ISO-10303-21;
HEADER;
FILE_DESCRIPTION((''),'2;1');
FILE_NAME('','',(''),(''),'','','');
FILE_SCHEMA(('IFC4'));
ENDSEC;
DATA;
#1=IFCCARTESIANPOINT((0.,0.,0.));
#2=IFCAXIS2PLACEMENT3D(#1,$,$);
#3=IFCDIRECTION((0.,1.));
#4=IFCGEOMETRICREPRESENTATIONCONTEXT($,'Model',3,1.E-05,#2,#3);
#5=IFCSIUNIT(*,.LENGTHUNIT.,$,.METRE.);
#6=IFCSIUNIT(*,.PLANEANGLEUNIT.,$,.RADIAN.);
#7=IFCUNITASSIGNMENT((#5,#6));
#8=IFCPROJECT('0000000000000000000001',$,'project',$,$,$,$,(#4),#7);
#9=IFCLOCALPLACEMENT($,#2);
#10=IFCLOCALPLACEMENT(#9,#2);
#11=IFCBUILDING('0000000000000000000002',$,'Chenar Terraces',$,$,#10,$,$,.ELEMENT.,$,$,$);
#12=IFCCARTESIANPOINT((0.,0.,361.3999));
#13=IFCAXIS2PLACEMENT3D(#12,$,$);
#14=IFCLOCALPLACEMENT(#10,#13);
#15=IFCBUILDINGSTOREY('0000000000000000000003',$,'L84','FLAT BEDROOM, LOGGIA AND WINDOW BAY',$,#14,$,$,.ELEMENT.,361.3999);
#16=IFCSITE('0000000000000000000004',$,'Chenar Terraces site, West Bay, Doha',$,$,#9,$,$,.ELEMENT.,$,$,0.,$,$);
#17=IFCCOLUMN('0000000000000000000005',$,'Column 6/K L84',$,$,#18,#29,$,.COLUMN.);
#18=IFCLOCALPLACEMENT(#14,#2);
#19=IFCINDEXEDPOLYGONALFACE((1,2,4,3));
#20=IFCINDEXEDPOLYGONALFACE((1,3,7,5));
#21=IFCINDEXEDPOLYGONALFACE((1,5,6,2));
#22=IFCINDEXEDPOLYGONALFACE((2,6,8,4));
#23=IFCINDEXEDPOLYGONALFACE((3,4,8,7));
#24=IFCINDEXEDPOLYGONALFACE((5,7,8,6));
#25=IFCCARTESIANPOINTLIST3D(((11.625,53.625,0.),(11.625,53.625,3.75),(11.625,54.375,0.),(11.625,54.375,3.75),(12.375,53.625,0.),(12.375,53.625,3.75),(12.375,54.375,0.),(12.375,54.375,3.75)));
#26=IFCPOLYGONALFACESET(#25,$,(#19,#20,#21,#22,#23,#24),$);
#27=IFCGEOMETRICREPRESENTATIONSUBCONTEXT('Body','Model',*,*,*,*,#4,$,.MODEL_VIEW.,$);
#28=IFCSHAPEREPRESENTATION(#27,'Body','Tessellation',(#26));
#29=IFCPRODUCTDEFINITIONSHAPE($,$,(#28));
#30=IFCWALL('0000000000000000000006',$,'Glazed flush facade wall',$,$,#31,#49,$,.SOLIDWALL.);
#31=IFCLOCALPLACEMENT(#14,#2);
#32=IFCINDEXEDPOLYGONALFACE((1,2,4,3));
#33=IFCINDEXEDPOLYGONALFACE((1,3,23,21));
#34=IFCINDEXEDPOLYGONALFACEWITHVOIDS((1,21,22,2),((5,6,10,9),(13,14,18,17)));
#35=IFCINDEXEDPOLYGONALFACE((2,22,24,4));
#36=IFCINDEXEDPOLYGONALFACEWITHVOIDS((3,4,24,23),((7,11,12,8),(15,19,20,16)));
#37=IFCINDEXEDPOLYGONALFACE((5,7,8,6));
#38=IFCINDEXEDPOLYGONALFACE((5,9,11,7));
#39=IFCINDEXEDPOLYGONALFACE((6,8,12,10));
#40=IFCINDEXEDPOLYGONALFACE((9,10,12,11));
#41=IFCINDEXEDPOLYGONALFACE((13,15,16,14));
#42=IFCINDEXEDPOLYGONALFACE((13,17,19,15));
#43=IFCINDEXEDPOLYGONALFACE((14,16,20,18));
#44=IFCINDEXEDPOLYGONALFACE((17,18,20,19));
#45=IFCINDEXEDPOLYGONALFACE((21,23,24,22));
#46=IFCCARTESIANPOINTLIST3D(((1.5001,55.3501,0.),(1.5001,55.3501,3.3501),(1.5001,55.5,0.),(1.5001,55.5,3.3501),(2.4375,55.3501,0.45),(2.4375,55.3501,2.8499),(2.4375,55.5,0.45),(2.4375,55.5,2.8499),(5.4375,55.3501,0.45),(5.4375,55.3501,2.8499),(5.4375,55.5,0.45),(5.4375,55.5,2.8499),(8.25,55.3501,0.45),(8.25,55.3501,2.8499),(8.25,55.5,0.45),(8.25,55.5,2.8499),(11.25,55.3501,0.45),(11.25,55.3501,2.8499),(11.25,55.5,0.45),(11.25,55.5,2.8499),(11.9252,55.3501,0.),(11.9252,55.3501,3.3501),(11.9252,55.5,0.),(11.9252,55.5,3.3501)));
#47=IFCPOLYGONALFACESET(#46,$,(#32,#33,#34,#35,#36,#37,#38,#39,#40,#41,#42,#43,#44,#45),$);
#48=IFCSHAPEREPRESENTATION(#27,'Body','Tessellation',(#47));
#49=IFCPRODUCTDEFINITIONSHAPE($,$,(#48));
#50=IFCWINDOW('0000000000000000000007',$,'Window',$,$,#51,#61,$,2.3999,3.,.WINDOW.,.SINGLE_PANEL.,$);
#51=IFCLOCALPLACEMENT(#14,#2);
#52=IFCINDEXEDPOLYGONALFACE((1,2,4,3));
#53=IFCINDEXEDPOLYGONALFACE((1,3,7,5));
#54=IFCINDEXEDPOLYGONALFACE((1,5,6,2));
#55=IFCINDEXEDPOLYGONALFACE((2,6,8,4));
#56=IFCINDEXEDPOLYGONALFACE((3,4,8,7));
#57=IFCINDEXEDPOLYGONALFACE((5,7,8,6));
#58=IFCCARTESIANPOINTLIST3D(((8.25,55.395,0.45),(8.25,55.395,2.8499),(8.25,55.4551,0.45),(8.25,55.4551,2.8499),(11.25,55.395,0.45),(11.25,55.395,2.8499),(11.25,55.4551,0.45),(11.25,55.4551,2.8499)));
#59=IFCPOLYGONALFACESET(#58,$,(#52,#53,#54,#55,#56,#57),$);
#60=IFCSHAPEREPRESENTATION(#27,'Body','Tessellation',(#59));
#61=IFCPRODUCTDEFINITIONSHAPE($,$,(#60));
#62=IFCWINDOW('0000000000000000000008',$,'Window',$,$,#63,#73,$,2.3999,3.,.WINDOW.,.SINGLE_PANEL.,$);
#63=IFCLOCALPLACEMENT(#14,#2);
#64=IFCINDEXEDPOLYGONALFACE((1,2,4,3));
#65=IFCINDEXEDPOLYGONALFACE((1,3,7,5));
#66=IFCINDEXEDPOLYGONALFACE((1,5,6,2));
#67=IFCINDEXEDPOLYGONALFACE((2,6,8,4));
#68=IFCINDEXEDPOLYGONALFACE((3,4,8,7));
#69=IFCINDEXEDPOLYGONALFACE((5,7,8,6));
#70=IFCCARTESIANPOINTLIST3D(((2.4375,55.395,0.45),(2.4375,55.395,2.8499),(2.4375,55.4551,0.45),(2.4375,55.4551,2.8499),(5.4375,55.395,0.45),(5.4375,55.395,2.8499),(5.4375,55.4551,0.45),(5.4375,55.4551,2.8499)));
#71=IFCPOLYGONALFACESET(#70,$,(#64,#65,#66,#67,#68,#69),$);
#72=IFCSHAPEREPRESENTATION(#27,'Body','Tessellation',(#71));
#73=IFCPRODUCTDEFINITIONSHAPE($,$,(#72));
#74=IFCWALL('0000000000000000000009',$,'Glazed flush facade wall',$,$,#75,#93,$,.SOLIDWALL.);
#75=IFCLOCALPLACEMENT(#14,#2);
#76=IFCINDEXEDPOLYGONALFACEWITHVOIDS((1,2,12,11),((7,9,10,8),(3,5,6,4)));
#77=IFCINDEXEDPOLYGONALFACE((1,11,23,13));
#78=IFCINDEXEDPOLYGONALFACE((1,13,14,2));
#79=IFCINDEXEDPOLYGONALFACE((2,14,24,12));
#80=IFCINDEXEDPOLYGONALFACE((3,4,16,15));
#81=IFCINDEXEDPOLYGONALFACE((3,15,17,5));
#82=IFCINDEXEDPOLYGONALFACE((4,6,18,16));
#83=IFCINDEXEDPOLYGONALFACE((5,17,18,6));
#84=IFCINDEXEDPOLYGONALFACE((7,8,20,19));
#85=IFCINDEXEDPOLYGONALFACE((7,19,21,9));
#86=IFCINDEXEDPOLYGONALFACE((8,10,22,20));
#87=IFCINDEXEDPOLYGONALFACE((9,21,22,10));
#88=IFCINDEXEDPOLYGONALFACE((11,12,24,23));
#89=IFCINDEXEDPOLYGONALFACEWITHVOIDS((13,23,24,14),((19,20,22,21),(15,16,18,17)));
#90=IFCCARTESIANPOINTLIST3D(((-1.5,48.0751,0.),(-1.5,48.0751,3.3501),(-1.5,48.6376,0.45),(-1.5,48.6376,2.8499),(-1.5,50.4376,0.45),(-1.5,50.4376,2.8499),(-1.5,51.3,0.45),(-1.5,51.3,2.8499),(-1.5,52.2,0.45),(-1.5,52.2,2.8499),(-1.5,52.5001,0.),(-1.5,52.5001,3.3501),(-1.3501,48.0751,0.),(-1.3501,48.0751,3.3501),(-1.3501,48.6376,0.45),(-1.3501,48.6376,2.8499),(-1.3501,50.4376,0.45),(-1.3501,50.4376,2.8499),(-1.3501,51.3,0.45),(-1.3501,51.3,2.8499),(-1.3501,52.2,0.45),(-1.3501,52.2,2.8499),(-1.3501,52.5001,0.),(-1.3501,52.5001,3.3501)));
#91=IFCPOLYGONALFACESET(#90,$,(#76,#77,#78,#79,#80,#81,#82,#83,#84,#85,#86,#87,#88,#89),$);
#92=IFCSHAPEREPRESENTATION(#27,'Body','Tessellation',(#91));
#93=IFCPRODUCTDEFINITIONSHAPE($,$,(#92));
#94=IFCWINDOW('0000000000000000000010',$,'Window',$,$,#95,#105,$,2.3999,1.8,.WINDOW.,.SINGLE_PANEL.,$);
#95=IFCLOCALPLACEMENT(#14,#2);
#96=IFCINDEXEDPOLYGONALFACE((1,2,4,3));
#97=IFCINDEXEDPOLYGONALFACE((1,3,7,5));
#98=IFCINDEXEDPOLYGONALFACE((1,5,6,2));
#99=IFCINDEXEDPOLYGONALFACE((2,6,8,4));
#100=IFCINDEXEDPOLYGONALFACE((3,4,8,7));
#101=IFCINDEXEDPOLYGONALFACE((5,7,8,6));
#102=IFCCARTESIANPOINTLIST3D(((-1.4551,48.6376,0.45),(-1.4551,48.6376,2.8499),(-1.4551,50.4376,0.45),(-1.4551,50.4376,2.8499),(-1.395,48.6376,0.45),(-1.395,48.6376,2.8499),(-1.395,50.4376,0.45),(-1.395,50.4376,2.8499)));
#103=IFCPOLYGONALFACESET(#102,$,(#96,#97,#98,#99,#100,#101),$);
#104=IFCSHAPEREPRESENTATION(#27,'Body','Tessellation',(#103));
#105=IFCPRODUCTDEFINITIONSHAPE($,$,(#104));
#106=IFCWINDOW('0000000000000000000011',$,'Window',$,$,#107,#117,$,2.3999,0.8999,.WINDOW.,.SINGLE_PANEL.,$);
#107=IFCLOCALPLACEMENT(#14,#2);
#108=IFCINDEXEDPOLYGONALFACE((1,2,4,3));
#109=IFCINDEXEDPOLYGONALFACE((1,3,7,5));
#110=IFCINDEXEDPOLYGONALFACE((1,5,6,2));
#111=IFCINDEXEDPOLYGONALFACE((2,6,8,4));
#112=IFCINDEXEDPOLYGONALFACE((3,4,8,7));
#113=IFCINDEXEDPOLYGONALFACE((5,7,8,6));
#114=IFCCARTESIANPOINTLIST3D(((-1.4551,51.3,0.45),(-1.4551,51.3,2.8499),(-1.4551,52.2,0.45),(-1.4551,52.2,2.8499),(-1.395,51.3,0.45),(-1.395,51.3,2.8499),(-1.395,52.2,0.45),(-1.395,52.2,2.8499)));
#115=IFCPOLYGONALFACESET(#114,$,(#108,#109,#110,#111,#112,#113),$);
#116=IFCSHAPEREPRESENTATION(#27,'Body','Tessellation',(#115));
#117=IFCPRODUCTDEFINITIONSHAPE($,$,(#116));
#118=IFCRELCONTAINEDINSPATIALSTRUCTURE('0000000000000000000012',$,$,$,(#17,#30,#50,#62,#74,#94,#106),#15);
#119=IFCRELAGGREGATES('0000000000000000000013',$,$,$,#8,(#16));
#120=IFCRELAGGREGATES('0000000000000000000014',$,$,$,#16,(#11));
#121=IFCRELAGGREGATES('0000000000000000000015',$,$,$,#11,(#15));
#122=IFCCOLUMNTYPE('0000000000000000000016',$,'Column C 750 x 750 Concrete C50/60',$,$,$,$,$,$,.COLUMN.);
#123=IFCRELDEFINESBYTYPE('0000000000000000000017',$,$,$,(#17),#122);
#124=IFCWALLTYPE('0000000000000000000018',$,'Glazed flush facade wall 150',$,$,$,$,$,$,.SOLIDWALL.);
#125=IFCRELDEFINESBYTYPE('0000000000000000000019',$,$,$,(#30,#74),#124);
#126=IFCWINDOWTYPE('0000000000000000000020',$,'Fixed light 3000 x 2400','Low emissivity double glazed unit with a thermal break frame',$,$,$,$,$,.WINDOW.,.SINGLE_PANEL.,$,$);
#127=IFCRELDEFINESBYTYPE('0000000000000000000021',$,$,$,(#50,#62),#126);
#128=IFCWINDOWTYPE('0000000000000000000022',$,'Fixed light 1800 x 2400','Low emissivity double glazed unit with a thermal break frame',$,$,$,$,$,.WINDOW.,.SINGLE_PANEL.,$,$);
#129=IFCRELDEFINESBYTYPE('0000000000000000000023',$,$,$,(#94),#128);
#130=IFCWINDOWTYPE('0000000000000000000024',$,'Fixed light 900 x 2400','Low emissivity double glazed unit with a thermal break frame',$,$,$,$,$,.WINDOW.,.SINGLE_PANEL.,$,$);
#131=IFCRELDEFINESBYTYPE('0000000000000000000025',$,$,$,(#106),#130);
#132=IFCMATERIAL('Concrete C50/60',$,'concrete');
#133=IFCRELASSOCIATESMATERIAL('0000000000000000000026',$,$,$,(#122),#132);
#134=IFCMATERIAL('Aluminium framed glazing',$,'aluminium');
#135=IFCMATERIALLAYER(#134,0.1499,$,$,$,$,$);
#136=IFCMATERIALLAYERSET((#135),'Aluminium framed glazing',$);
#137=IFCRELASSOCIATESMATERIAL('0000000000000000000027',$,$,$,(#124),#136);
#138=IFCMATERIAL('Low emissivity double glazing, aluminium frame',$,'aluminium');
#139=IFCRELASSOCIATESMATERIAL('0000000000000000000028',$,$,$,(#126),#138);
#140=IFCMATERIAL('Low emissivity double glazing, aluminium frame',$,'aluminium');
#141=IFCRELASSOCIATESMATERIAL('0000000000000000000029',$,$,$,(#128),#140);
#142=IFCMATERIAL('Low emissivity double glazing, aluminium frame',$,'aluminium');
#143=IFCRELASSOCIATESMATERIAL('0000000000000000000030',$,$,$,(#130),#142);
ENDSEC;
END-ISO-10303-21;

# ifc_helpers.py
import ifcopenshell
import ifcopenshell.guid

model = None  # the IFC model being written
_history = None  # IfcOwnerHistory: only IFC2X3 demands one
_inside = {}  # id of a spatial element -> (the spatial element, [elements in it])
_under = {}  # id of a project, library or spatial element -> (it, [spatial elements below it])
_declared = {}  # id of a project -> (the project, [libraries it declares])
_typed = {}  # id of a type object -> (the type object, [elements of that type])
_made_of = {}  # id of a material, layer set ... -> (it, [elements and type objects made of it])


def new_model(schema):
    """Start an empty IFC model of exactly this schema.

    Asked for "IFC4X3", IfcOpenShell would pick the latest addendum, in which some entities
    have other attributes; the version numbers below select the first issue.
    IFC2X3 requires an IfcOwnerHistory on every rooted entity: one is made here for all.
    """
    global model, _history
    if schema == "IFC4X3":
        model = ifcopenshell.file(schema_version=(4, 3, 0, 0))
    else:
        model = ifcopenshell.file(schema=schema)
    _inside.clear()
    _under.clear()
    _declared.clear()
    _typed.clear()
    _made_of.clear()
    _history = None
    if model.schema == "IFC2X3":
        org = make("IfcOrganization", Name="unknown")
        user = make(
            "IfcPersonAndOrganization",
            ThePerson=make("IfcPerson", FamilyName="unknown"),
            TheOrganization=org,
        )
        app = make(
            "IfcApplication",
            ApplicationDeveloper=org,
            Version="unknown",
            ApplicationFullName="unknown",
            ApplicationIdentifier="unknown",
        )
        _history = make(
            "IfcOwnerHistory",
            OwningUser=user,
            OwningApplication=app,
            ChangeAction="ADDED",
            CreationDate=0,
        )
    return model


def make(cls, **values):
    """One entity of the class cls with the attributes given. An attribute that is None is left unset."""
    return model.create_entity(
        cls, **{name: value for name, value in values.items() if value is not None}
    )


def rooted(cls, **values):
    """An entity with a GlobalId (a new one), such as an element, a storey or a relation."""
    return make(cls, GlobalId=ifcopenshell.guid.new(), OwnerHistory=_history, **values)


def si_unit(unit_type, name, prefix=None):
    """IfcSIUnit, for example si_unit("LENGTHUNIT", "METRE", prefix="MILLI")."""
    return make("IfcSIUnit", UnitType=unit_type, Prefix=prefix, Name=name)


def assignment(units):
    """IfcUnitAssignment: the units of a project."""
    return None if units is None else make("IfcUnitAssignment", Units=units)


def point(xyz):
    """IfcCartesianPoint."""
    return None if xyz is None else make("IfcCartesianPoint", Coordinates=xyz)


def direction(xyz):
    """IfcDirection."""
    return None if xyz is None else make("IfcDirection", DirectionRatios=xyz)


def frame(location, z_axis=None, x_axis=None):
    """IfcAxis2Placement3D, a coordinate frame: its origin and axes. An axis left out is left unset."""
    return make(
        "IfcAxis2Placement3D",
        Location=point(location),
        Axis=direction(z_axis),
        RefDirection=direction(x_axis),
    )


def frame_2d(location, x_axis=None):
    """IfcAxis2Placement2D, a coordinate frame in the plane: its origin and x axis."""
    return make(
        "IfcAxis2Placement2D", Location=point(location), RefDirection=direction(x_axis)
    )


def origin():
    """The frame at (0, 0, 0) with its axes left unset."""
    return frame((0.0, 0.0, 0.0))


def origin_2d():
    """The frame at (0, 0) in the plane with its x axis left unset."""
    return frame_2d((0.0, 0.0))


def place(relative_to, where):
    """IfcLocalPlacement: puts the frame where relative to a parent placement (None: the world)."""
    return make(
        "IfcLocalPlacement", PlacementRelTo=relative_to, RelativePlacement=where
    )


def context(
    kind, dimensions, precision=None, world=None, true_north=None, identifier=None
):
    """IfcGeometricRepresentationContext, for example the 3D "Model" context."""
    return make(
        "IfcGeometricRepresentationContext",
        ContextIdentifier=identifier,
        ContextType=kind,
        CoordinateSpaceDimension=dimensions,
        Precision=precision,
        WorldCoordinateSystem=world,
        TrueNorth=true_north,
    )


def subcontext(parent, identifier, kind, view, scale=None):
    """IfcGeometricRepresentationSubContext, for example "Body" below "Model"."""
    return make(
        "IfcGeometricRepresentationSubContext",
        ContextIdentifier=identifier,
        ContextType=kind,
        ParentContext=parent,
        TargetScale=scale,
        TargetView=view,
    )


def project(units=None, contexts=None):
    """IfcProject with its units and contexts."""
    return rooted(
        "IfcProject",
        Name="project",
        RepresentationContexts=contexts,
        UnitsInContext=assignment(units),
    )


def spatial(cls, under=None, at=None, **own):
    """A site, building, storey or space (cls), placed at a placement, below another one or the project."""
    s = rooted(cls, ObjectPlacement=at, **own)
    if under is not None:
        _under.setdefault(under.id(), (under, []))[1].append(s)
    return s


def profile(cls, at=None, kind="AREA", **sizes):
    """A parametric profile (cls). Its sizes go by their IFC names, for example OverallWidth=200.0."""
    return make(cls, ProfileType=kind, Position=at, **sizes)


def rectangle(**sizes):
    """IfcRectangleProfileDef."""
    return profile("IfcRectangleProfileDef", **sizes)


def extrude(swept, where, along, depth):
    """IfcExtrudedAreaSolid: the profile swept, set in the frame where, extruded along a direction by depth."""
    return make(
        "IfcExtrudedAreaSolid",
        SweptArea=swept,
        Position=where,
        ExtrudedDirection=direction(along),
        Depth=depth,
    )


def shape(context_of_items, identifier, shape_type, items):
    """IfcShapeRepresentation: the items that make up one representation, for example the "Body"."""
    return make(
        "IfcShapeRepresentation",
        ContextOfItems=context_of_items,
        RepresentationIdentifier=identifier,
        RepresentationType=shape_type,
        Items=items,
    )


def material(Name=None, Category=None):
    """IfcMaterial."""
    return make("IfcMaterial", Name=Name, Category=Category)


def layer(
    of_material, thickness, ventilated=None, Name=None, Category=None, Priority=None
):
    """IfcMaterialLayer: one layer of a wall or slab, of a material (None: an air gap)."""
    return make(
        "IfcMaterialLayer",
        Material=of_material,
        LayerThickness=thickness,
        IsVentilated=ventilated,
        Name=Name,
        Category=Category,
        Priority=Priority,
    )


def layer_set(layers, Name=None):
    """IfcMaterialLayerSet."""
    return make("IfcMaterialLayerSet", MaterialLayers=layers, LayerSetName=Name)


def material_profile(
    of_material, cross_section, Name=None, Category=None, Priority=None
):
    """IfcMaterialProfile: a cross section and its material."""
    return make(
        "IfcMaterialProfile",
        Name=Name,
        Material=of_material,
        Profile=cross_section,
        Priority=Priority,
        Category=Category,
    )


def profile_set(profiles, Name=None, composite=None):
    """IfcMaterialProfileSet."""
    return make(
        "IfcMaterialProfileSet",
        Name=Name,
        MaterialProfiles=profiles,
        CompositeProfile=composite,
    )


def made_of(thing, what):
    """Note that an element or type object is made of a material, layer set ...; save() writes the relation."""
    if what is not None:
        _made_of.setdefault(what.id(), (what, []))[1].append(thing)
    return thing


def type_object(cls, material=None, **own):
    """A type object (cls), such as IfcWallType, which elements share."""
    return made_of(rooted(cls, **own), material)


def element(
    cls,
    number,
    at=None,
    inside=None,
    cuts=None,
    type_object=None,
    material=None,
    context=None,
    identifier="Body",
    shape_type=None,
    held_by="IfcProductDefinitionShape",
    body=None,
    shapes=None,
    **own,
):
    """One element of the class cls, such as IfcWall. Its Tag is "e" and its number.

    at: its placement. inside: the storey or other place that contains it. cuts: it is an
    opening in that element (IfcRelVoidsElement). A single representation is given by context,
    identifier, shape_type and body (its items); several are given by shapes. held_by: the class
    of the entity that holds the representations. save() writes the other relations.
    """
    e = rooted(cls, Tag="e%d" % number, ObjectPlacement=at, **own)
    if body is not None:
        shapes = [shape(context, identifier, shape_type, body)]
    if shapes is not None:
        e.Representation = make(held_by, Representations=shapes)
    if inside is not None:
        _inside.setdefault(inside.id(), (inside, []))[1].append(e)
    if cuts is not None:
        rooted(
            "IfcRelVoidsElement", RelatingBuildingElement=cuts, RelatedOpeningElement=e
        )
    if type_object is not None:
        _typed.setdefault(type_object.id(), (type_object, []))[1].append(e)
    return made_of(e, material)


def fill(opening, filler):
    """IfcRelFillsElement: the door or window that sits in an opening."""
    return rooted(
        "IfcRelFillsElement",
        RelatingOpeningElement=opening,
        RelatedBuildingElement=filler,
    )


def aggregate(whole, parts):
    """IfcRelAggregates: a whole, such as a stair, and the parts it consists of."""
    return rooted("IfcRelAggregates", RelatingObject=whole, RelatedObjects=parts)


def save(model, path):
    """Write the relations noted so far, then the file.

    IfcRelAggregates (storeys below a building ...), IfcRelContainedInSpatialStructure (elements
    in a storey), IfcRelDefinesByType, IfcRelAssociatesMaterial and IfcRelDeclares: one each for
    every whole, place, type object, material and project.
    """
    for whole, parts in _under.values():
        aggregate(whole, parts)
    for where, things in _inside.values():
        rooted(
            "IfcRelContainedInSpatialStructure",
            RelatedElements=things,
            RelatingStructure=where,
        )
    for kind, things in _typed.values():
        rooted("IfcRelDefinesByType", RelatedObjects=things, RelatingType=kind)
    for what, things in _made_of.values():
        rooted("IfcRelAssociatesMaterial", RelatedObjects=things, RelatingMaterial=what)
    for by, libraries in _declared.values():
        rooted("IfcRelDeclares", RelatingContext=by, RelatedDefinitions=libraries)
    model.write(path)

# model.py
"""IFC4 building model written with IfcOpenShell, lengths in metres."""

from ifc_helpers import new_model, si_unit, direction, frame, frame_2d, origin, origin_2d, place, context, subcontext, project, spatial, rectangle, extrude, material, layer, layer_set, material_profile, profile_set, type_object, element, fill, save


model = new_model("IFC4")

# Units and contexts
model_context = context("Model", 3, precision=1e-05, world=origin(), true_north=direction((0.0, 1.0)))
body_context = subcontext(model_context, "Body", "Model", "MODEL_VIEW")
ifc_project = project(units=[si_unit("LENGTHUNIT", "METRE"), si_unit("PLANEANGLEUNIT", "RADIAN")], contexts=[model_context])

# Site, building, storey
site_placement = place(None, origin())
site = spatial("IfcSite", under=ifc_project, at=site_placement, Name="Chenar Terraces site, West Bay, Doha", CompositionType="ELEMENT", RefElevation=0.0)
building_placement = place(site_placement, origin())
building = spatial("IfcBuilding", under=site, at=building_placement, Name="Chenar Terraces", CompositionType="ELEMENT")
storey_placement = place(building_placement, frame((0.0, 0.0, 361.3999)))
storey = spatial("IfcBuildingStorey", under=building, at=storey_placement, Name="L84", Description="FLAT BEDROOM, LOGGIA AND WINDOW BAY", CompositionType="ELEMENT", Elevation=361.3999)

# Column
ifc_material_1 = material(Name="Concrete C50/60", Category="concrete")
ifc_material_profile_1 = material_profile(ifc_material_1, rectangle(XDim=0.75, YDim=0.75, at=origin_2d()), Name="C 750 x 750")
ifc_profile_set_1 = profile_set([ifc_material_profile_1], Name="Concrete C50/60")
column_type = type_object("IfcColumnType", Name="Column C 750 x 750 Concrete C50/60", PredefinedType="COLUMN", material=ifc_profile_set_1)
column_placement = place(storey_placement, frame((12.0, 54.0, 0.0), z_axis=(0.0, 0.0, 1.0), x_axis=(1.0, 0.0, 0.0)))
element("IfcColumn", 1, at=column_placement, inside=storey, type_object=column_type, Name="Column 6/K L84", PredefinedType="COLUMN", context=body_context, shape_type="SweptSolid", body=[
    extrude(rectangle(XDim=0.75, YDim=0.75, at=origin_2d()), origin(), (0.0, 0.0, 1.0), 3.75),
])

# Walls, openings, windows
ifc_material_2 = material(Name="Aluminium framed glazing", Category="aluminium")
ifc_layer_1 = layer(ifc_material_2, 0.1499)
ifc_layer_set_1 = layer_set([ifc_layer_1], Name="Aluminium framed glazing")
wall_type_1 = type_object("IfcWallType", Name="Glazed flush facade wall 150", PredefinedType="SOLIDWALL", material=ifc_layer_set_1)
wall_1_placement = place(storey_placement, frame((11.925, 55.425, 0.0), z_axis=(0.0, 0.0, 1.0), x_axis=(-1.0, 0.0, 0.0)))
wall_1 = element("IfcWall", 2, at=wall_1_placement, inside=storey, type_object=wall_type_1, Name="Glazed flush facade wall", PredefinedType="SOLIDWALL", context=body_context, shape_type="SweptSolid", body=[
    extrude(rectangle(XDim=10.425, YDim=0.1499, at=frame_2d((5.2124, 0.0))), origin(), (0.0, 0.0, 1.0), 3.3501),
])
opening_1_placement = place(wall_1_placement, frame((0.675, 0.0, 0.45)))
opening_1 = element("IfcOpeningElement", 3, at=opening_1_placement, cuts=wall_1, PredefinedType="OPENING", context=body_context, shape_type="SweptSolid", body=[
    extrude(rectangle(XDim=3.0, YDim=2.3999, at=frame_2d((1.5, 1.2))), frame((0.0, 0.085, 0.0), z_axis=(0.0, -1.0, 0.0), x_axis=(1.0, 0.0, 0.0)), (0.0, 0.0, 1.0), 0.1699),
])
opening_2_placement = place(wall_1_placement, frame((6.4875, 0.0, 0.45)))
opening_2 = element("IfcOpeningElement", 4, at=opening_2_placement, cuts=wall_1, PredefinedType="OPENING", context=body_context, shape_type="SweptSolid", body=[
    extrude(rectangle(XDim=3.0, YDim=2.3999, at=frame_2d((1.5, 1.2))), frame((0.0, 0.085, 0.0), z_axis=(0.0, -1.0, 0.0), x_axis=(1.0, 0.0, 0.0)), (0.0, 0.0, 1.0), 0.1699),
])
ifc_material_3 = material(Name="Low emissivity double glazing, aluminium frame", Category="aluminium")
window_type_1 = type_object("IfcWindowType", Name="Fixed light 3000 x 2400", Description="Low emissivity double glazed unit with a thermal break frame", PartitioningType="SINGLE_PANEL", PredefinedType="WINDOW", material=ifc_material_3)
window_1_placement = place(opening_1_placement, origin())
window_1 = element("IfcWindow", 5, at=window_1_placement, inside=storey, type_object=window_type_1, Name="Window", OverallHeight=2.3999, OverallWidth=3.0, PartitioningType="SINGLE_PANEL", PredefinedType="WINDOW", context=body_context, shape_type="SweptSolid", body=[
    extrude(rectangle(XDim=3.0, YDim=2.3999, at=frame_2d((1.5, 1.2))), frame((0.0, 0.03, 0.0), z_axis=(0.0, -1.0, 0.0), x_axis=(1.0, 0.0, 0.0)), (0.0, 0.0, 1.0), 0.0601),
])
fill(opening_1, window_1)
window_2_placement = place(opening_2_placement, origin())
window_2 = element("IfcWindow", 6, at=window_2_placement, inside=storey, type_object=window_type_1, Name="Window", OverallHeight=2.3999, OverallWidth=3.0, PartitioningType="SINGLE_PANEL", PredefinedType="WINDOW", context=body_context, shape_type="SweptSolid", body=[
    extrude(rectangle(XDim=3.0, YDim=2.3999, at=frame_2d((1.5, 1.2))), frame((0.0, 0.03, 0.0), z_axis=(0.0, -1.0, 0.0), x_axis=(1.0, 0.0, 0.0)), (0.0, 0.0, 1.0), 0.0601),
])
fill(opening_2, window_2)
wall_2_placement = place(storey_placement, frame((-1.425, 52.5, 0.0), z_axis=(0.0, 0.0, 1.0), x_axis=(0.0, -1.0, 0.0)))
wall_2 = element("IfcWall", 7, at=wall_2_placement, inside=storey, type_object=wall_type_1, Name="Glazed flush facade wall", PredefinedType="SOLIDWALL", context=body_context, shape_type="SweptSolid", body=[
    extrude(rectangle(XDim=4.425, YDim=0.1499, at=frame_2d((2.2124, 0.0))), origin(), (0.0, 0.0, 1.0), 3.3501),
])
opening_3_placement = place(wall_2_placement, frame((0.3, 0.0, 0.45)))
opening_3 = element("IfcOpeningElement", 8, at=opening_3_placement, cuts=wall_2, PredefinedType="OPENING", context=body_context, shape_type="SweptSolid", body=[
    extrude(rectangle(XDim=0.8999, YDim=2.3999, at=frame_2d((0.45, 1.2))), frame((0.0, 0.085, 0.0), z_axis=(0.0, -1.0, 0.0), x_axis=(1.0, 0.0, 0.0)), (0.0, 0.0, 1.0), 0.1699),
])
opening_4_placement = place(wall_2_placement, frame((2.0625, 0.0, 0.45)))
opening_4 = element("IfcOpeningElement", 9, at=opening_4_placement, cuts=wall_2, PredefinedType="OPENING", context=body_context, shape_type="SweptSolid", body=[
    extrude(rectangle(XDim=1.8, YDim=2.3999, at=frame_2d((0.8999, 1.2))), frame((0.0, 0.085, 0.0), z_axis=(0.0, -1.0, 0.0), x_axis=(1.0, 0.0, 0.0)), (0.0, 0.0, 1.0), 0.1699),
])
ifc_material_4 = material(Name="Low emissivity double glazing, aluminium frame", Category="aluminium")
window_type_2 = type_object("IfcWindowType", Name="Fixed light 1800 x 2400", Description="Low emissivity double glazed unit with a thermal break frame", PartitioningType="SINGLE_PANEL", PredefinedType="WINDOW", material=ifc_material_4)
window_3_placement = place(opening_4_placement, origin())
window_3 = element("IfcWindow", 10, at=window_3_placement, inside=storey, type_object=window_type_2, Name="Window", OverallHeight=2.3999, OverallWidth=1.8, PartitioningType="SINGLE_PANEL", PredefinedType="WINDOW", context=body_context, shape_type="SweptSolid", body=[
    extrude(rectangle(XDim=1.8, YDim=2.3999, at=frame_2d((0.8999, 1.2))), frame((0.0, 0.03, 0.0), z_axis=(0.0, -1.0, 0.0), x_axis=(1.0, 0.0, 0.0)), (0.0, 0.0, 1.0), 0.0601),
])
fill(opening_4, window_3)
ifc_material_5 = material(Name="Low emissivity double glazing, aluminium frame", Category="aluminium")
window_type_3 = type_object("IfcWindowType", Name="Fixed light 900 x 2400", Description="Low emissivity double glazed unit with a thermal break frame", PartitioningType="SINGLE_PANEL", PredefinedType="WINDOW", material=ifc_material_5)
window_4_placement = place(opening_3_placement, origin())
window_4 = element("IfcWindow", 11, at=window_4_placement, inside=storey, type_object=window_type_3, Name="Window", OverallHeight=2.3999, OverallWidth=0.8999, PartitioningType="SINGLE_PANEL", PredefinedType="WINDOW", context=body_context, shape_type="SweptSolid", body=[
    extrude(rectangle(XDim=0.8999, YDim=2.3999, at=frame_2d((0.45, 1.2))), frame((0.0, 0.03, 0.0), z_axis=(0.0, -1.0, 0.0), x_axis=(1.0, 0.0, 0.0)), (0.0, 0.0, 1.0), 0.0601),
])
fill(opening_3, window_4)

save(model, "model.ifc")
